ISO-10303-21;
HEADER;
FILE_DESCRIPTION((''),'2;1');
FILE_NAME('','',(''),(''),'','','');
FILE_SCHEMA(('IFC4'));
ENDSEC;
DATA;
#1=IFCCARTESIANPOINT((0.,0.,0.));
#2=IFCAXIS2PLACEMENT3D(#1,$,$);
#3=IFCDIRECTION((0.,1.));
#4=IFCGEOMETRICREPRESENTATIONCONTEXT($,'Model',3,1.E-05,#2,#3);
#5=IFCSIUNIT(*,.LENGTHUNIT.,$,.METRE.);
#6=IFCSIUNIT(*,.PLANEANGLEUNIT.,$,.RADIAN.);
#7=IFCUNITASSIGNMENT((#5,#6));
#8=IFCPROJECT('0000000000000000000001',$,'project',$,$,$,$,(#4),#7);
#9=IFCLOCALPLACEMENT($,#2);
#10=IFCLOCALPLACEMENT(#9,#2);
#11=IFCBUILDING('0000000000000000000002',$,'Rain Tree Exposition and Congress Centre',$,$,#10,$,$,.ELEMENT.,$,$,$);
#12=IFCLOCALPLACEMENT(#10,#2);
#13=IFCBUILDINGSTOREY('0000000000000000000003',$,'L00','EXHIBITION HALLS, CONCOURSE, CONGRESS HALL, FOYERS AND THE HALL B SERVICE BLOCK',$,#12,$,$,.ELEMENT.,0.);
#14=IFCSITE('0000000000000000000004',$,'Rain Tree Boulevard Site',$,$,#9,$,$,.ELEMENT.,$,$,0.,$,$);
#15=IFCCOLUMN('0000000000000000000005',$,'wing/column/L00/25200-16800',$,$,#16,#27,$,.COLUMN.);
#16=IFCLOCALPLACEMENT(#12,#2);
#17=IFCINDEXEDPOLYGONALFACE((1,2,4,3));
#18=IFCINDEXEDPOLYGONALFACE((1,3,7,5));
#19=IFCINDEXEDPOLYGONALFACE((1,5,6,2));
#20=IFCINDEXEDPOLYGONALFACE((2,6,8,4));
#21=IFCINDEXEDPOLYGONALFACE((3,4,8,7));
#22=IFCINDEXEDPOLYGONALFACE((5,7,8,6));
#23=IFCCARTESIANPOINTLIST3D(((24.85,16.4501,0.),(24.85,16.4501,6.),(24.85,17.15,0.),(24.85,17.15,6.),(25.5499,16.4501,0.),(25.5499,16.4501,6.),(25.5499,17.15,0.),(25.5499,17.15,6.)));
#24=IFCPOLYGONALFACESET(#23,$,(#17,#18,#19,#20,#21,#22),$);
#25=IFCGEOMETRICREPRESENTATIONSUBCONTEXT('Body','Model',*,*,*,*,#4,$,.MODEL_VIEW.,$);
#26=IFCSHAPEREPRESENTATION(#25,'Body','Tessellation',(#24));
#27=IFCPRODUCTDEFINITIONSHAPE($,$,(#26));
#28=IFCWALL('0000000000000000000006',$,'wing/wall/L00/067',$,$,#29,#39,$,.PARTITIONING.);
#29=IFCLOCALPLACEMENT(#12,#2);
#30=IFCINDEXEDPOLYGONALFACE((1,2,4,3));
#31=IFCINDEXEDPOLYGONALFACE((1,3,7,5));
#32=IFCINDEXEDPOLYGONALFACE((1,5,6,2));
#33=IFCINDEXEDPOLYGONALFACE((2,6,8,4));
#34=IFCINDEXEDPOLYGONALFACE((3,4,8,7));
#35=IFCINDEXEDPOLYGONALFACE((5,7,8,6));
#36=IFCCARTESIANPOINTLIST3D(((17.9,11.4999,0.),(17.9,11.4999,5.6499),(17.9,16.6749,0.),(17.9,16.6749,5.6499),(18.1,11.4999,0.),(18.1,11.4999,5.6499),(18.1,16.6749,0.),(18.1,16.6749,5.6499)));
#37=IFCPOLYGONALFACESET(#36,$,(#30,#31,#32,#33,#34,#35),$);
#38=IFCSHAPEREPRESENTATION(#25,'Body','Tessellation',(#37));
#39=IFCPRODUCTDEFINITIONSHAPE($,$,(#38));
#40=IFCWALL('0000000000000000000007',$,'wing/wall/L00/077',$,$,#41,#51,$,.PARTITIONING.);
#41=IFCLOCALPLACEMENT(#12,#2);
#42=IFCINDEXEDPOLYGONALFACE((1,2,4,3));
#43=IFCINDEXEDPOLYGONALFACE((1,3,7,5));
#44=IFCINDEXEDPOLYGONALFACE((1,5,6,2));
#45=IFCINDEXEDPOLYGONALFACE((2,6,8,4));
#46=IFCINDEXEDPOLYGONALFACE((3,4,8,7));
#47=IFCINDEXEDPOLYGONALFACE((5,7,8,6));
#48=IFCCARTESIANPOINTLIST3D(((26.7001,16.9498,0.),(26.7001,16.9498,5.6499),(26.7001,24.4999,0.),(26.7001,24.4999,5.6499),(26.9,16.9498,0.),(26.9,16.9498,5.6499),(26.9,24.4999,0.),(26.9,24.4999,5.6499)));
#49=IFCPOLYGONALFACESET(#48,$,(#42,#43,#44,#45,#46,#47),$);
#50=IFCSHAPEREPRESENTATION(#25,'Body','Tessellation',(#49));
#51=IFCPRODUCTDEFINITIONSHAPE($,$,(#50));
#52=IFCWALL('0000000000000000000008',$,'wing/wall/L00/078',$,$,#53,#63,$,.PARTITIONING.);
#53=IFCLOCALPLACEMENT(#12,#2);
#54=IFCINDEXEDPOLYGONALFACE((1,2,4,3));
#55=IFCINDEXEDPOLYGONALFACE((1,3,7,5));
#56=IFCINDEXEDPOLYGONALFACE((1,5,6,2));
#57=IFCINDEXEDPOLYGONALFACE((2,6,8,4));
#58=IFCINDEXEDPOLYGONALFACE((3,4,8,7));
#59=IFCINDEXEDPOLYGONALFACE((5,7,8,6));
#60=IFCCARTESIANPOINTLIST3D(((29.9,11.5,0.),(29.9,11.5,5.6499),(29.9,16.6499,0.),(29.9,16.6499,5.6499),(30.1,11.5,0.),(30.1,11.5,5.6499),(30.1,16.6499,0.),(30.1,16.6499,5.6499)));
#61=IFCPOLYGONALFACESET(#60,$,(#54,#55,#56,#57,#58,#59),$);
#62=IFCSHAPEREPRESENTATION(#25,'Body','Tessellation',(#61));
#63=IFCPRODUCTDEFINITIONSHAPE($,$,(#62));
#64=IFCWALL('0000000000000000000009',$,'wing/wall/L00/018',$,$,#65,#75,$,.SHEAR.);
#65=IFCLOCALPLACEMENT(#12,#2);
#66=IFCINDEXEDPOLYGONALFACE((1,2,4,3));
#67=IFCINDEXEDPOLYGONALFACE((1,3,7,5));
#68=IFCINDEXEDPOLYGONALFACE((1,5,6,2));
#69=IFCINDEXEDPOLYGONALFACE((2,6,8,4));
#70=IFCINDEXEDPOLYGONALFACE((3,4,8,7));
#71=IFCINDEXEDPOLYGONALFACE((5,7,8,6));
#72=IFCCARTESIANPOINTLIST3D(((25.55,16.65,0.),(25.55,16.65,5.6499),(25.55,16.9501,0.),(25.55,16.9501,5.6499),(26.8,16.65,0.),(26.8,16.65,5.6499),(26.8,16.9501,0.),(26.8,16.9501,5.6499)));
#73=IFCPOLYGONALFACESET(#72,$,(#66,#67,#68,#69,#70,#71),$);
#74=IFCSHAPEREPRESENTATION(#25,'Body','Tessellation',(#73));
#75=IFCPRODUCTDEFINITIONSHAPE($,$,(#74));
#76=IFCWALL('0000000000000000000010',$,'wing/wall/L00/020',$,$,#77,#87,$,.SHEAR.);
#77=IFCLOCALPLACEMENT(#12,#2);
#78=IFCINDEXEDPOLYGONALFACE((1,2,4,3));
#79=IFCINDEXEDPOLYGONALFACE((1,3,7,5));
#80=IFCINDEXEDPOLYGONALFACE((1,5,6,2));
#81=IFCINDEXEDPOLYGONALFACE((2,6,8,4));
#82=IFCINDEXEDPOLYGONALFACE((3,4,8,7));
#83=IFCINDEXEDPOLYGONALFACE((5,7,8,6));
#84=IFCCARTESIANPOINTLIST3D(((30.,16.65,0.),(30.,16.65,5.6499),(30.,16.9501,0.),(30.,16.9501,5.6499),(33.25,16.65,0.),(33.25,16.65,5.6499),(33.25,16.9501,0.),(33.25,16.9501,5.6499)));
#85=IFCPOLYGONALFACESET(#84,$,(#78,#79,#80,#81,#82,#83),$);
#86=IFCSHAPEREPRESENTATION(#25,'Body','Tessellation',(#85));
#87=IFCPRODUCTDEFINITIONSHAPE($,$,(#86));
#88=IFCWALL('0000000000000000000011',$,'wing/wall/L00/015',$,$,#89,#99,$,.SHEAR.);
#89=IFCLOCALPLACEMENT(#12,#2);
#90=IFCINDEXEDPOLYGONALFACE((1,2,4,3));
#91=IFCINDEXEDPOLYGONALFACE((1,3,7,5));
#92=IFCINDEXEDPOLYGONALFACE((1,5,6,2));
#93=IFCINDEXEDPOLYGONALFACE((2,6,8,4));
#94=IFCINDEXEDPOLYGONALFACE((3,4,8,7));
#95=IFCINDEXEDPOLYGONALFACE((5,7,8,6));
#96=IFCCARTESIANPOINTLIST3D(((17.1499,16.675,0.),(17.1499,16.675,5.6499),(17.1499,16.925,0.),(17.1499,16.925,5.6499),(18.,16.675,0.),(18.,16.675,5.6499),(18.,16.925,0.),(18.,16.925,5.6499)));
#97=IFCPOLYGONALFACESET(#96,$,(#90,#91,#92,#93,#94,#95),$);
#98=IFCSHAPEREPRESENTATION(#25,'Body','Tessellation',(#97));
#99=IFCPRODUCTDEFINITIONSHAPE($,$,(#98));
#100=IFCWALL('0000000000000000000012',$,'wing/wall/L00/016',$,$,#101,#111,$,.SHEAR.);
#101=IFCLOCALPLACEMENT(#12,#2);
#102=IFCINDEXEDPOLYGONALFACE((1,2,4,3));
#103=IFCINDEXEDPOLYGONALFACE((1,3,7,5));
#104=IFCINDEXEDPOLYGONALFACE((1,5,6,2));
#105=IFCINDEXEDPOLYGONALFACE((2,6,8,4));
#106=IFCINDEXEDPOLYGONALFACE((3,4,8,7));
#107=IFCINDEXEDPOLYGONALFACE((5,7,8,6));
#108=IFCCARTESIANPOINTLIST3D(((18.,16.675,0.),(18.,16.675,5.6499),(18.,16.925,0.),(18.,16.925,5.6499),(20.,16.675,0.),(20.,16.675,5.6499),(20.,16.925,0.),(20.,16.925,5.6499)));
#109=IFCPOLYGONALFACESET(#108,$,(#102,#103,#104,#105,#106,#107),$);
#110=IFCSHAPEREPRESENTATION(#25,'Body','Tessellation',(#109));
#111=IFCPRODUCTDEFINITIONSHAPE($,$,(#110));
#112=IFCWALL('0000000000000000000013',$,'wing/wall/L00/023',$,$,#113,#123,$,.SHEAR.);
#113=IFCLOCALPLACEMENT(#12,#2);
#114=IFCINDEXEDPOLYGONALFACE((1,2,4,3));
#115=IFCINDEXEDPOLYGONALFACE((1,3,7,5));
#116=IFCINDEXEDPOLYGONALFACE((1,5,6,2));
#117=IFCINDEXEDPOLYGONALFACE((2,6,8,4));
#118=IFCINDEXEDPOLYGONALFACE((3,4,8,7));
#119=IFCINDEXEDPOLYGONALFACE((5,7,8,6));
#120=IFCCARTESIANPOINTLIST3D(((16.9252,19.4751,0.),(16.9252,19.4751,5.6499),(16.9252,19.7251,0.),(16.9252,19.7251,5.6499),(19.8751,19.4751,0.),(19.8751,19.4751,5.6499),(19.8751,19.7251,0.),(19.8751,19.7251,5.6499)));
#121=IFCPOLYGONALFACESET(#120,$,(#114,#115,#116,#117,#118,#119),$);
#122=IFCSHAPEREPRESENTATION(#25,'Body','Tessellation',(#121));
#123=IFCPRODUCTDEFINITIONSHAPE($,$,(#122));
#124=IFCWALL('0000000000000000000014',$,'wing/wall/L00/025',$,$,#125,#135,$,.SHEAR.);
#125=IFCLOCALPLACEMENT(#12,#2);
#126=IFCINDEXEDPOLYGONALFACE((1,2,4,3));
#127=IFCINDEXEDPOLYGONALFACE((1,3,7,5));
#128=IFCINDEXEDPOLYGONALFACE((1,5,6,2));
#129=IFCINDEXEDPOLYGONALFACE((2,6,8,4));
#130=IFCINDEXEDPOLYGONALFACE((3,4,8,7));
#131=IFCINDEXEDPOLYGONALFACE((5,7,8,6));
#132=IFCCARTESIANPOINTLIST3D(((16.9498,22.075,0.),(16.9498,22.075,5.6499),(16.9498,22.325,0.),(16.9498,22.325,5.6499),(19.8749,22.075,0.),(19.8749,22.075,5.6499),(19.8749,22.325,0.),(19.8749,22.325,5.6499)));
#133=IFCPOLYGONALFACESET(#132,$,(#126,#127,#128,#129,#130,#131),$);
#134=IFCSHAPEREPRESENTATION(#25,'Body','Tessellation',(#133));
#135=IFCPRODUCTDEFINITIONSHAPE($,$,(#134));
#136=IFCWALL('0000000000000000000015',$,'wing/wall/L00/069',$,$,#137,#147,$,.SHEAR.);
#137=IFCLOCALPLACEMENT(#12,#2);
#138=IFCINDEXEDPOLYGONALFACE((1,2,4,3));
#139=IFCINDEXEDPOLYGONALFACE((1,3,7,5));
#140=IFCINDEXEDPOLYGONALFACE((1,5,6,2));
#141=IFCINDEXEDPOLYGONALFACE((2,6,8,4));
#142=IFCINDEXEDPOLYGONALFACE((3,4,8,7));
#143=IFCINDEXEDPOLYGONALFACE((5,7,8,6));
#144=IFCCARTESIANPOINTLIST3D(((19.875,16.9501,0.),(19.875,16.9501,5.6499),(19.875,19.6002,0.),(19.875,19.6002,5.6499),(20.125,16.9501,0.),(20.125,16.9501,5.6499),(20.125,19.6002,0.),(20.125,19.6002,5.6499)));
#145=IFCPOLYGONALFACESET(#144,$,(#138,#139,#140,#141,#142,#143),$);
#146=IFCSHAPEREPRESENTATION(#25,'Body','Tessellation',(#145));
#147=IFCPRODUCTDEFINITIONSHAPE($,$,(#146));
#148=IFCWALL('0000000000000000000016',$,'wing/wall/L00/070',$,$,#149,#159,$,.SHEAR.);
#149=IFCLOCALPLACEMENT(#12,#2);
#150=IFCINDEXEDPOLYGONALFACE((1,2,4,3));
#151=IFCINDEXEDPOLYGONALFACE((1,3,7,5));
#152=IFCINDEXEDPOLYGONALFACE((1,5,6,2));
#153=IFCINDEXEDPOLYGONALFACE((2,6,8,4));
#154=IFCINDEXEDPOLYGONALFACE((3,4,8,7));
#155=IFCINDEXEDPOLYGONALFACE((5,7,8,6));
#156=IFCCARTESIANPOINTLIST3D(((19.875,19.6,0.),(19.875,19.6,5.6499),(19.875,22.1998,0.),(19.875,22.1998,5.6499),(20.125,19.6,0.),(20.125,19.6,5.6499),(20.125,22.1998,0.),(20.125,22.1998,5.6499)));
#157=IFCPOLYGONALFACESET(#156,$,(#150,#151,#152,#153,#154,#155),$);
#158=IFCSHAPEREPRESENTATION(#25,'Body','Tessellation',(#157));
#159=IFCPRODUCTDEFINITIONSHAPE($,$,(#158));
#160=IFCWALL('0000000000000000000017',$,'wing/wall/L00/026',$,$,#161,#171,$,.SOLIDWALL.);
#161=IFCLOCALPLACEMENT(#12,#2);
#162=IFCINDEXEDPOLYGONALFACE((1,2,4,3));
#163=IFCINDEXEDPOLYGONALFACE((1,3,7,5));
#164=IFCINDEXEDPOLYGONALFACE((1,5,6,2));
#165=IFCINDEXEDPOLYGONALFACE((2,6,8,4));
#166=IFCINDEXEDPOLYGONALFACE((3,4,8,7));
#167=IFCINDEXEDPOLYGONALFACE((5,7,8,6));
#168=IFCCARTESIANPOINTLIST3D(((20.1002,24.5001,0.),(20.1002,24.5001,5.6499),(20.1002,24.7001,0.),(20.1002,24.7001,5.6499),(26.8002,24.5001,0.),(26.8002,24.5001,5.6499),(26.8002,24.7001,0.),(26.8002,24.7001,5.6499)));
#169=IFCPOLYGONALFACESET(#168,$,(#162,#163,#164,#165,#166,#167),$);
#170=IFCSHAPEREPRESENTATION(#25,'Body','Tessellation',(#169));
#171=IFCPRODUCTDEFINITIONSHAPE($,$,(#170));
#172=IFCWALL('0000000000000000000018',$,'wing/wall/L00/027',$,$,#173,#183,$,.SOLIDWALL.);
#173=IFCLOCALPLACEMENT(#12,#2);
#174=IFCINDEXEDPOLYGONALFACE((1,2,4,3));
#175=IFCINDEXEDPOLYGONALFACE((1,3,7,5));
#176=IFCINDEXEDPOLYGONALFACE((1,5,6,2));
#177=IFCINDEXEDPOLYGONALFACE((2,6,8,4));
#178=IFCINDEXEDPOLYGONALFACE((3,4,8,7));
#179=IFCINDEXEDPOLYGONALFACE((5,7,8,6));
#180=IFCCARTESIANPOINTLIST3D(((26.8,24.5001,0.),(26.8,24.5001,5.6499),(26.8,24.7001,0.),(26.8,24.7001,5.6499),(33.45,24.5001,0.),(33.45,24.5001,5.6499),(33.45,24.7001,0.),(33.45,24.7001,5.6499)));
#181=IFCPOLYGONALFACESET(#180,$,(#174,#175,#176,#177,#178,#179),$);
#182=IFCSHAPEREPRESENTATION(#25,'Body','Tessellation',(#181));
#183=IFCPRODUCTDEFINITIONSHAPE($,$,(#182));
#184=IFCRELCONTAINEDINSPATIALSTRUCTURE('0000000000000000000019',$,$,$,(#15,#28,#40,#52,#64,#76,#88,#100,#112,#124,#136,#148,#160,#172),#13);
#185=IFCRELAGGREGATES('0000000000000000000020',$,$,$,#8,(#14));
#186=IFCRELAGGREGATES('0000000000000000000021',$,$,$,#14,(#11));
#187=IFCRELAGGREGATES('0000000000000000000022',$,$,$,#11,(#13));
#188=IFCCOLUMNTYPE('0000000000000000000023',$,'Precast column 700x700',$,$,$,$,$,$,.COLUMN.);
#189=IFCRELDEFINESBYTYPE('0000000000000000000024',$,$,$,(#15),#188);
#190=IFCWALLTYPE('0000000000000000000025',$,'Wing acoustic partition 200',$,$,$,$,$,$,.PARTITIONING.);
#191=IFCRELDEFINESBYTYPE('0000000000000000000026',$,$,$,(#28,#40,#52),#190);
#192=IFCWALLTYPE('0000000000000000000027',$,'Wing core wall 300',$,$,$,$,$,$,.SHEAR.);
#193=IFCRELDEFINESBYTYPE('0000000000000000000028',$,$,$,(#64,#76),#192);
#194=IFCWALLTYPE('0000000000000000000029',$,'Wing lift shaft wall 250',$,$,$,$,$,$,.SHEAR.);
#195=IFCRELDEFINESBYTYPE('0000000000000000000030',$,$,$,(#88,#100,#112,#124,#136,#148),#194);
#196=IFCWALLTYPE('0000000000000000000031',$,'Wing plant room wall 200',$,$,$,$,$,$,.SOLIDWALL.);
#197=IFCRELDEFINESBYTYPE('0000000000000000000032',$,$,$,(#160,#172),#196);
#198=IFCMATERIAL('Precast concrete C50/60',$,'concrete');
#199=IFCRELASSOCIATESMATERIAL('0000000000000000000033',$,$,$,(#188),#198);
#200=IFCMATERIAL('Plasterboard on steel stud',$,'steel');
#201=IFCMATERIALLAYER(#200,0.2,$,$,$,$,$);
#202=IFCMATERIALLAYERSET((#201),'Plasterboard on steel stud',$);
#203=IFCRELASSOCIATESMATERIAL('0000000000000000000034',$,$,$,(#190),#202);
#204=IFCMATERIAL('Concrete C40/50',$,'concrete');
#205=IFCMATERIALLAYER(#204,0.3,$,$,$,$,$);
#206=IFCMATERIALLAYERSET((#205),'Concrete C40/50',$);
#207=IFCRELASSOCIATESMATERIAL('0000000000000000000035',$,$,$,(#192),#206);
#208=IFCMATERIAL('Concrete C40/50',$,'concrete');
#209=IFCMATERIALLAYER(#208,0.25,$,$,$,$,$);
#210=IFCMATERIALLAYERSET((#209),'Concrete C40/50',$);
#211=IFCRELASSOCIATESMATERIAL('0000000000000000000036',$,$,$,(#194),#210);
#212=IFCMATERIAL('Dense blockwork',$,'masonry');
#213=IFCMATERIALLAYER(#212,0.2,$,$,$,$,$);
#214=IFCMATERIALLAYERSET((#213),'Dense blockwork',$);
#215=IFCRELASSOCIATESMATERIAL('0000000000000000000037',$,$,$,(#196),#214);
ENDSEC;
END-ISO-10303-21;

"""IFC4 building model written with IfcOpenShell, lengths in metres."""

from ifc_helpers import new_model, si_unit, direction, frame, frame_2d, origin, origin_2d, place, context, subcontext, project, spatial, rectangle, extrude, material, layer, layer_set, material_profile, profile_set, type_object, element, save


model = new_model("IFC4")

# Units and contexts
model_context = context("Model", 3, precision=1e-05, world=origin(), true_north=direction((0.0, 1.0)))
body_context = subcontext(model_context, "Body", "Model", "MODEL_VIEW")
ifc_project = project(units=[si_unit("LENGTHUNIT", "METRE"), si_unit("PLANEANGLEUNIT", "RADIAN")], contexts=[model_context])

# Site, building, storey
site_placement = place(None, origin())
site = spatial("IfcSite", under=ifc_project, at=site_placement, Name="Rain Tree Boulevard Site", CompositionType="ELEMENT", RefElevation=0.0)
building_placement = place(site_placement, origin())
building = spatial("IfcBuilding", under=site, at=building_placement, Name="Rain Tree Exposition and Congress Centre", CompositionType="ELEMENT")
storey_placement = place(building_placement, origin())
storey = spatial("IfcBuildingStorey", under=building, at=storey_placement, Name="L00", Description="EXHIBITION HALLS, CONCOURSE, CONGRESS HALL, FOYERS AND THE HALL B SERVICE BLOCK", CompositionType="ELEMENT", Elevation=0.0)

# Column
ifc_material_1 = material(Name="Precast concrete C50/60", Category="concrete")
ifc_material_profile = material_profile(ifc_material_1, rectangle(XDim=0.7, YDim=0.7, at=origin_2d()), Name="RC 700x700")
ifc_profile_set = profile_set([ifc_material_profile], Name="Precast concrete C50/60")
column_type = type_object("IfcColumnType", Name="Precast column 700x700", PredefinedType="COLUMN", material=ifc_profile_set)
column_placement = place(storey_placement, frame((25.2, 16.8, 0.0), z_axis=(0.0, 0.0, 1.0), x_axis=(1.0, 0.0, 0.0)))
element("IfcColumn", 1, at=column_placement, inside=storey, type_object=column_type, Name="wing/column/L00/25200-16800", PredefinedType="COLUMN", context=body_context, shape_type="SweptSolid", body=[
    extrude(rectangle(XDim=0.7, YDim=0.7, at=origin_2d()), origin(), (0.0, 0.0, 1.0), 6.0),
])

# Walls
ifc_material_2 = material(Name="Plasterboard on steel stud", Category="steel")
ifc_layer_1 = layer(ifc_material_2, 0.2)
ifc_layer_set_1 = layer_set([ifc_layer_1], Name="Plasterboard on steel stud")
wall_type_1 = type_object("IfcWallType", Name="Wing acoustic partition 200", PredefinedType="PARTITIONING", material=ifc_layer_set_1)
wall_1_placement = place(storey_placement, frame((18.0, 11.5, 0.0), z_axis=(0.0, 0.0, 1.0), x_axis=(0.0, 1.0, 0.0)))
element("IfcWall", 2, at=wall_1_placement, inside=storey, type_object=wall_type_1, Name="wing/wall/L00/067", PredefinedType="PARTITIONING", context=body_context, shape_type="SweptSolid", body=[
    extrude(rectangle(XDim=5.175, YDim=0.2, at=frame_2d((2.5874, 0.0))), origin(), (0.0, 0.0, 1.0), 5.6499),
])
wall_2_placement = place(storey_placement, frame((26.8, 16.95, 0.0), z_axis=(0.0, 0.0, 1.0), x_axis=(0.0, 1.0, 0.0)))
element("IfcWall", 3, at=wall_2_placement, inside=storey, type_object=wall_type_1, Name="wing/wall/L00/077", PredefinedType="PARTITIONING", context=body_context, shape_type="SweptSolid", body=[
    extrude(rectangle(XDim=7.55, YDim=0.2, at=frame_2d((3.7749, 0.0))), origin(), (0.0, 0.0, 1.0), 5.6499),
])
wall_3_placement = place(storey_placement, frame((30.0, 11.5, 0.0), z_axis=(0.0, 0.0, 1.0), x_axis=(0.0, 1.0, 0.0)))
element("IfcWall", 4, at=wall_3_placement, inside=storey, type_object=wall_type_1, Name="wing/wall/L00/078", PredefinedType="PARTITIONING", context=body_context, shape_type="SweptSolid", body=[
    extrude(rectangle(XDim=5.1499, YDim=0.2, at=frame_2d((2.575, 0.0))), origin(), (0.0, 0.0, 1.0), 5.6499),
])

# Shared definitions
ifc_material_3 = material(Name="Concrete C40/50", Category="concrete")
ifc_layer_2 = layer(ifc_material_3, 0.3)
ifc_layer_set_2 = layer_set([ifc_layer_2], Name="Concrete C40/50")
wall_type_2 = type_object("IfcWallType", Name="Wing core wall 300", PredefinedType="SHEAR", material=ifc_layer_set_2)

# Wall
wall_4_placement = place(storey_placement, frame((25.55, 16.8, 0.0), z_axis=(0.0, 0.0, 1.0), x_axis=(1.0, 0.0, 0.0)))
element("IfcWall", 5, at=wall_4_placement, inside=storey, type_object=wall_type_2, Name="wing/wall/L00/018", PredefinedType="SHEAR", context=body_context, shape_type="SweptSolid", body=[
    extrude(rectangle(XDim=1.25, YDim=0.3, at=frame_2d((0.625, 0.0))), origin(), (0.0, 0.0, 1.0), 5.6499),
])

# Walls
wall_5_placement = place(storey_placement, frame((30.0, 16.8, 0.0), z_axis=(0.0, 0.0, 1.0), x_axis=(1.0, 0.0, 0.0)))
element("IfcWall", 6, at=wall_5_placement, inside=storey, type_object=wall_type_2, Name="wing/wall/L00/020", PredefinedType="SHEAR", context=body_context, shape_type="SweptSolid", body=[
    extrude(rectangle(XDim=3.25, YDim=0.3, at=frame_2d((1.625, 0.0))), origin(), (0.0, 0.0, 1.0), 5.6499),
])
ifc_material_4 = material(Name="Concrete C40/50", Category="concrete")
ifc_layer_3 = layer(ifc_material_4, 0.25)
ifc_layer_set_3 = layer_set([ifc_layer_3], Name="Concrete C40/50")
wall_type_3 = type_object("IfcWallType", Name="Wing lift shaft wall 250", PredefinedType="SHEAR", material=ifc_layer_set_3)
wall_6_placement = place(storey_placement, frame((17.1499, 16.8, 0.0), z_axis=(0.0, 0.0, 1.0), x_axis=(1.0, 0.0, 0.0)))
element("IfcWall", 7, at=wall_6_placement, inside=storey, type_object=wall_type_3, Name="wing/wall/L00/015", PredefinedType="SHEAR", context=body_context, shape_type="SweptSolid", body=[
    extrude(rectangle(XDim=0.8501, YDim=0.25, at=frame_2d((0.425, 0.0))), origin(), (0.0, 0.0, 1.0), 5.6499),
])
wall_7_placement = place(storey_placement, frame((18.0, 16.8, 0.0), z_axis=(0.0, 0.0, 1.0), x_axis=(1.0, 0.0, 0.0)))
element("IfcWall", 8, at=wall_7_placement, inside=storey, type_object=wall_type_3, Name="wing/wall/L00/016", PredefinedType="SHEAR", context=body_context, shape_type="SweptSolid", body=[
    extrude(rectangle(XDim=2.0, YDim=0.25, at=frame_2d((1.0, 0.0))), origin(), (0.0, 0.0, 1.0), 5.6499),
])
wall_8_placement = place(storey_placement, frame((16.925, 19.6001, 0.0), z_axis=(0.0, 0.0, 1.0), x_axis=(1.0, 0.0, 0.0)))
element("IfcWall", 9, at=wall_8_placement, inside=storey, type_object=wall_type_3, Name="wing/wall/L00/023", PredefinedType="SHEAR", context=body_context, shape_type="SweptSolid", body=[
    extrude(rectangle(XDim=2.95, YDim=0.25, at=frame_2d((1.4751, 0.0))), origin(), (0.0, 0.0, 1.0), 5.6499),
])
wall_9_placement = place(storey_placement, frame((16.95, 22.2, 0.0), z_axis=(0.0, 0.0, 1.0), x_axis=(1.0, 0.0, 0.0)))
element("IfcWall", 10, at=wall_9_placement, inside=storey, type_object=wall_type_3, Name="wing/wall/L00/025", PredefinedType="SHEAR", context=body_context, shape_type="SweptSolid", body=[
    extrude(rectangle(XDim=2.925, YDim=0.25, at=frame_2d((1.4624, 0.0))), origin(), (0.0, 0.0, 1.0), 5.6499),
])
wall_10_placement = place(storey_placement, frame((20.0, 16.95, 0.0), z_axis=(0.0, 0.0, 1.0), x_axis=(0.0, 1.0, 0.0)))
element("IfcWall", 11, at=wall_10_placement, inside=storey, type_object=wall_type_3, Name="wing/wall/L00/069", PredefinedType="SHEAR", context=body_context, shape_type="SweptSolid", body=[
    extrude(rectangle(XDim=2.6501, YDim=0.25, at=frame_2d((1.3252, 0.0))), origin(), (0.0, 0.0, 1.0), 5.6499),
])
wall_11_placement = place(storey_placement, frame((20.0, 19.6001, 0.0), z_axis=(0.0, 0.0, 1.0), x_axis=(0.0, 1.0, 0.0)))
element("IfcWall", 12, at=wall_11_placement, inside=storey, type_object=wall_type_3, Name="wing/wall/L00/070", PredefinedType="SHEAR", context=body_context, shape_type="SweptSolid", body=[
    extrude(rectangle(XDim=2.5999, YDim=0.25, at=frame_2d((1.2998, 0.0))), origin(), (0.0, 0.0, 1.0), 5.6499),
])
ifc_material_5 = material(Name="Dense blockwork", Category="masonry")
ifc_layer_4 = layer(ifc_material_5, 0.2)
ifc_layer_set_4 = layer_set([ifc_layer_4], Name="Dense blockwork")
wall_type_4 = type_object("IfcWallType", Name="Wing plant room wall 200", PredefinedType="SOLIDWALL", material=ifc_layer_set_4)
wall_12_placement = place(storey_placement, frame((20.1001, 24.6001, 0.0), z_axis=(0.0, 0.0, 1.0), x_axis=(1.0, 0.0, 0.0)))
element("IfcWall", 13, at=wall_12_placement, inside=storey, type_object=wall_type_4, Name="wing/wall/L00/026", PredefinedType="SOLIDWALL", context=body_context, shape_type="SweptSolid", body=[
    extrude(rectangle(XDim=6.7, YDim=0.2, at=frame_2d((3.3501, 0.0))), origin(), (0.0, 0.0, 1.0), 5.6499),
])
wall_13_placement = place(storey_placement, frame((26.8, 24.6001, 0.0), z_axis=(0.0, 0.0, 1.0), x_axis=(1.0, 0.0, 0.0)))
element("IfcWall", 14, at=wall_13_placement, inside=storey, type_object=wall_type_4, Name="wing/wall/L00/027", PredefinedType="SOLIDWALL", context=body_context, shape_type="SweptSolid", body=[
    extrude(rectangle(XDim=6.6499, YDim=0.2, at=frame_2d((3.325, 0.0))), origin(), (0.0, 0.0, 1.0), 5.6499),
])

save(model, "model.ifc")
